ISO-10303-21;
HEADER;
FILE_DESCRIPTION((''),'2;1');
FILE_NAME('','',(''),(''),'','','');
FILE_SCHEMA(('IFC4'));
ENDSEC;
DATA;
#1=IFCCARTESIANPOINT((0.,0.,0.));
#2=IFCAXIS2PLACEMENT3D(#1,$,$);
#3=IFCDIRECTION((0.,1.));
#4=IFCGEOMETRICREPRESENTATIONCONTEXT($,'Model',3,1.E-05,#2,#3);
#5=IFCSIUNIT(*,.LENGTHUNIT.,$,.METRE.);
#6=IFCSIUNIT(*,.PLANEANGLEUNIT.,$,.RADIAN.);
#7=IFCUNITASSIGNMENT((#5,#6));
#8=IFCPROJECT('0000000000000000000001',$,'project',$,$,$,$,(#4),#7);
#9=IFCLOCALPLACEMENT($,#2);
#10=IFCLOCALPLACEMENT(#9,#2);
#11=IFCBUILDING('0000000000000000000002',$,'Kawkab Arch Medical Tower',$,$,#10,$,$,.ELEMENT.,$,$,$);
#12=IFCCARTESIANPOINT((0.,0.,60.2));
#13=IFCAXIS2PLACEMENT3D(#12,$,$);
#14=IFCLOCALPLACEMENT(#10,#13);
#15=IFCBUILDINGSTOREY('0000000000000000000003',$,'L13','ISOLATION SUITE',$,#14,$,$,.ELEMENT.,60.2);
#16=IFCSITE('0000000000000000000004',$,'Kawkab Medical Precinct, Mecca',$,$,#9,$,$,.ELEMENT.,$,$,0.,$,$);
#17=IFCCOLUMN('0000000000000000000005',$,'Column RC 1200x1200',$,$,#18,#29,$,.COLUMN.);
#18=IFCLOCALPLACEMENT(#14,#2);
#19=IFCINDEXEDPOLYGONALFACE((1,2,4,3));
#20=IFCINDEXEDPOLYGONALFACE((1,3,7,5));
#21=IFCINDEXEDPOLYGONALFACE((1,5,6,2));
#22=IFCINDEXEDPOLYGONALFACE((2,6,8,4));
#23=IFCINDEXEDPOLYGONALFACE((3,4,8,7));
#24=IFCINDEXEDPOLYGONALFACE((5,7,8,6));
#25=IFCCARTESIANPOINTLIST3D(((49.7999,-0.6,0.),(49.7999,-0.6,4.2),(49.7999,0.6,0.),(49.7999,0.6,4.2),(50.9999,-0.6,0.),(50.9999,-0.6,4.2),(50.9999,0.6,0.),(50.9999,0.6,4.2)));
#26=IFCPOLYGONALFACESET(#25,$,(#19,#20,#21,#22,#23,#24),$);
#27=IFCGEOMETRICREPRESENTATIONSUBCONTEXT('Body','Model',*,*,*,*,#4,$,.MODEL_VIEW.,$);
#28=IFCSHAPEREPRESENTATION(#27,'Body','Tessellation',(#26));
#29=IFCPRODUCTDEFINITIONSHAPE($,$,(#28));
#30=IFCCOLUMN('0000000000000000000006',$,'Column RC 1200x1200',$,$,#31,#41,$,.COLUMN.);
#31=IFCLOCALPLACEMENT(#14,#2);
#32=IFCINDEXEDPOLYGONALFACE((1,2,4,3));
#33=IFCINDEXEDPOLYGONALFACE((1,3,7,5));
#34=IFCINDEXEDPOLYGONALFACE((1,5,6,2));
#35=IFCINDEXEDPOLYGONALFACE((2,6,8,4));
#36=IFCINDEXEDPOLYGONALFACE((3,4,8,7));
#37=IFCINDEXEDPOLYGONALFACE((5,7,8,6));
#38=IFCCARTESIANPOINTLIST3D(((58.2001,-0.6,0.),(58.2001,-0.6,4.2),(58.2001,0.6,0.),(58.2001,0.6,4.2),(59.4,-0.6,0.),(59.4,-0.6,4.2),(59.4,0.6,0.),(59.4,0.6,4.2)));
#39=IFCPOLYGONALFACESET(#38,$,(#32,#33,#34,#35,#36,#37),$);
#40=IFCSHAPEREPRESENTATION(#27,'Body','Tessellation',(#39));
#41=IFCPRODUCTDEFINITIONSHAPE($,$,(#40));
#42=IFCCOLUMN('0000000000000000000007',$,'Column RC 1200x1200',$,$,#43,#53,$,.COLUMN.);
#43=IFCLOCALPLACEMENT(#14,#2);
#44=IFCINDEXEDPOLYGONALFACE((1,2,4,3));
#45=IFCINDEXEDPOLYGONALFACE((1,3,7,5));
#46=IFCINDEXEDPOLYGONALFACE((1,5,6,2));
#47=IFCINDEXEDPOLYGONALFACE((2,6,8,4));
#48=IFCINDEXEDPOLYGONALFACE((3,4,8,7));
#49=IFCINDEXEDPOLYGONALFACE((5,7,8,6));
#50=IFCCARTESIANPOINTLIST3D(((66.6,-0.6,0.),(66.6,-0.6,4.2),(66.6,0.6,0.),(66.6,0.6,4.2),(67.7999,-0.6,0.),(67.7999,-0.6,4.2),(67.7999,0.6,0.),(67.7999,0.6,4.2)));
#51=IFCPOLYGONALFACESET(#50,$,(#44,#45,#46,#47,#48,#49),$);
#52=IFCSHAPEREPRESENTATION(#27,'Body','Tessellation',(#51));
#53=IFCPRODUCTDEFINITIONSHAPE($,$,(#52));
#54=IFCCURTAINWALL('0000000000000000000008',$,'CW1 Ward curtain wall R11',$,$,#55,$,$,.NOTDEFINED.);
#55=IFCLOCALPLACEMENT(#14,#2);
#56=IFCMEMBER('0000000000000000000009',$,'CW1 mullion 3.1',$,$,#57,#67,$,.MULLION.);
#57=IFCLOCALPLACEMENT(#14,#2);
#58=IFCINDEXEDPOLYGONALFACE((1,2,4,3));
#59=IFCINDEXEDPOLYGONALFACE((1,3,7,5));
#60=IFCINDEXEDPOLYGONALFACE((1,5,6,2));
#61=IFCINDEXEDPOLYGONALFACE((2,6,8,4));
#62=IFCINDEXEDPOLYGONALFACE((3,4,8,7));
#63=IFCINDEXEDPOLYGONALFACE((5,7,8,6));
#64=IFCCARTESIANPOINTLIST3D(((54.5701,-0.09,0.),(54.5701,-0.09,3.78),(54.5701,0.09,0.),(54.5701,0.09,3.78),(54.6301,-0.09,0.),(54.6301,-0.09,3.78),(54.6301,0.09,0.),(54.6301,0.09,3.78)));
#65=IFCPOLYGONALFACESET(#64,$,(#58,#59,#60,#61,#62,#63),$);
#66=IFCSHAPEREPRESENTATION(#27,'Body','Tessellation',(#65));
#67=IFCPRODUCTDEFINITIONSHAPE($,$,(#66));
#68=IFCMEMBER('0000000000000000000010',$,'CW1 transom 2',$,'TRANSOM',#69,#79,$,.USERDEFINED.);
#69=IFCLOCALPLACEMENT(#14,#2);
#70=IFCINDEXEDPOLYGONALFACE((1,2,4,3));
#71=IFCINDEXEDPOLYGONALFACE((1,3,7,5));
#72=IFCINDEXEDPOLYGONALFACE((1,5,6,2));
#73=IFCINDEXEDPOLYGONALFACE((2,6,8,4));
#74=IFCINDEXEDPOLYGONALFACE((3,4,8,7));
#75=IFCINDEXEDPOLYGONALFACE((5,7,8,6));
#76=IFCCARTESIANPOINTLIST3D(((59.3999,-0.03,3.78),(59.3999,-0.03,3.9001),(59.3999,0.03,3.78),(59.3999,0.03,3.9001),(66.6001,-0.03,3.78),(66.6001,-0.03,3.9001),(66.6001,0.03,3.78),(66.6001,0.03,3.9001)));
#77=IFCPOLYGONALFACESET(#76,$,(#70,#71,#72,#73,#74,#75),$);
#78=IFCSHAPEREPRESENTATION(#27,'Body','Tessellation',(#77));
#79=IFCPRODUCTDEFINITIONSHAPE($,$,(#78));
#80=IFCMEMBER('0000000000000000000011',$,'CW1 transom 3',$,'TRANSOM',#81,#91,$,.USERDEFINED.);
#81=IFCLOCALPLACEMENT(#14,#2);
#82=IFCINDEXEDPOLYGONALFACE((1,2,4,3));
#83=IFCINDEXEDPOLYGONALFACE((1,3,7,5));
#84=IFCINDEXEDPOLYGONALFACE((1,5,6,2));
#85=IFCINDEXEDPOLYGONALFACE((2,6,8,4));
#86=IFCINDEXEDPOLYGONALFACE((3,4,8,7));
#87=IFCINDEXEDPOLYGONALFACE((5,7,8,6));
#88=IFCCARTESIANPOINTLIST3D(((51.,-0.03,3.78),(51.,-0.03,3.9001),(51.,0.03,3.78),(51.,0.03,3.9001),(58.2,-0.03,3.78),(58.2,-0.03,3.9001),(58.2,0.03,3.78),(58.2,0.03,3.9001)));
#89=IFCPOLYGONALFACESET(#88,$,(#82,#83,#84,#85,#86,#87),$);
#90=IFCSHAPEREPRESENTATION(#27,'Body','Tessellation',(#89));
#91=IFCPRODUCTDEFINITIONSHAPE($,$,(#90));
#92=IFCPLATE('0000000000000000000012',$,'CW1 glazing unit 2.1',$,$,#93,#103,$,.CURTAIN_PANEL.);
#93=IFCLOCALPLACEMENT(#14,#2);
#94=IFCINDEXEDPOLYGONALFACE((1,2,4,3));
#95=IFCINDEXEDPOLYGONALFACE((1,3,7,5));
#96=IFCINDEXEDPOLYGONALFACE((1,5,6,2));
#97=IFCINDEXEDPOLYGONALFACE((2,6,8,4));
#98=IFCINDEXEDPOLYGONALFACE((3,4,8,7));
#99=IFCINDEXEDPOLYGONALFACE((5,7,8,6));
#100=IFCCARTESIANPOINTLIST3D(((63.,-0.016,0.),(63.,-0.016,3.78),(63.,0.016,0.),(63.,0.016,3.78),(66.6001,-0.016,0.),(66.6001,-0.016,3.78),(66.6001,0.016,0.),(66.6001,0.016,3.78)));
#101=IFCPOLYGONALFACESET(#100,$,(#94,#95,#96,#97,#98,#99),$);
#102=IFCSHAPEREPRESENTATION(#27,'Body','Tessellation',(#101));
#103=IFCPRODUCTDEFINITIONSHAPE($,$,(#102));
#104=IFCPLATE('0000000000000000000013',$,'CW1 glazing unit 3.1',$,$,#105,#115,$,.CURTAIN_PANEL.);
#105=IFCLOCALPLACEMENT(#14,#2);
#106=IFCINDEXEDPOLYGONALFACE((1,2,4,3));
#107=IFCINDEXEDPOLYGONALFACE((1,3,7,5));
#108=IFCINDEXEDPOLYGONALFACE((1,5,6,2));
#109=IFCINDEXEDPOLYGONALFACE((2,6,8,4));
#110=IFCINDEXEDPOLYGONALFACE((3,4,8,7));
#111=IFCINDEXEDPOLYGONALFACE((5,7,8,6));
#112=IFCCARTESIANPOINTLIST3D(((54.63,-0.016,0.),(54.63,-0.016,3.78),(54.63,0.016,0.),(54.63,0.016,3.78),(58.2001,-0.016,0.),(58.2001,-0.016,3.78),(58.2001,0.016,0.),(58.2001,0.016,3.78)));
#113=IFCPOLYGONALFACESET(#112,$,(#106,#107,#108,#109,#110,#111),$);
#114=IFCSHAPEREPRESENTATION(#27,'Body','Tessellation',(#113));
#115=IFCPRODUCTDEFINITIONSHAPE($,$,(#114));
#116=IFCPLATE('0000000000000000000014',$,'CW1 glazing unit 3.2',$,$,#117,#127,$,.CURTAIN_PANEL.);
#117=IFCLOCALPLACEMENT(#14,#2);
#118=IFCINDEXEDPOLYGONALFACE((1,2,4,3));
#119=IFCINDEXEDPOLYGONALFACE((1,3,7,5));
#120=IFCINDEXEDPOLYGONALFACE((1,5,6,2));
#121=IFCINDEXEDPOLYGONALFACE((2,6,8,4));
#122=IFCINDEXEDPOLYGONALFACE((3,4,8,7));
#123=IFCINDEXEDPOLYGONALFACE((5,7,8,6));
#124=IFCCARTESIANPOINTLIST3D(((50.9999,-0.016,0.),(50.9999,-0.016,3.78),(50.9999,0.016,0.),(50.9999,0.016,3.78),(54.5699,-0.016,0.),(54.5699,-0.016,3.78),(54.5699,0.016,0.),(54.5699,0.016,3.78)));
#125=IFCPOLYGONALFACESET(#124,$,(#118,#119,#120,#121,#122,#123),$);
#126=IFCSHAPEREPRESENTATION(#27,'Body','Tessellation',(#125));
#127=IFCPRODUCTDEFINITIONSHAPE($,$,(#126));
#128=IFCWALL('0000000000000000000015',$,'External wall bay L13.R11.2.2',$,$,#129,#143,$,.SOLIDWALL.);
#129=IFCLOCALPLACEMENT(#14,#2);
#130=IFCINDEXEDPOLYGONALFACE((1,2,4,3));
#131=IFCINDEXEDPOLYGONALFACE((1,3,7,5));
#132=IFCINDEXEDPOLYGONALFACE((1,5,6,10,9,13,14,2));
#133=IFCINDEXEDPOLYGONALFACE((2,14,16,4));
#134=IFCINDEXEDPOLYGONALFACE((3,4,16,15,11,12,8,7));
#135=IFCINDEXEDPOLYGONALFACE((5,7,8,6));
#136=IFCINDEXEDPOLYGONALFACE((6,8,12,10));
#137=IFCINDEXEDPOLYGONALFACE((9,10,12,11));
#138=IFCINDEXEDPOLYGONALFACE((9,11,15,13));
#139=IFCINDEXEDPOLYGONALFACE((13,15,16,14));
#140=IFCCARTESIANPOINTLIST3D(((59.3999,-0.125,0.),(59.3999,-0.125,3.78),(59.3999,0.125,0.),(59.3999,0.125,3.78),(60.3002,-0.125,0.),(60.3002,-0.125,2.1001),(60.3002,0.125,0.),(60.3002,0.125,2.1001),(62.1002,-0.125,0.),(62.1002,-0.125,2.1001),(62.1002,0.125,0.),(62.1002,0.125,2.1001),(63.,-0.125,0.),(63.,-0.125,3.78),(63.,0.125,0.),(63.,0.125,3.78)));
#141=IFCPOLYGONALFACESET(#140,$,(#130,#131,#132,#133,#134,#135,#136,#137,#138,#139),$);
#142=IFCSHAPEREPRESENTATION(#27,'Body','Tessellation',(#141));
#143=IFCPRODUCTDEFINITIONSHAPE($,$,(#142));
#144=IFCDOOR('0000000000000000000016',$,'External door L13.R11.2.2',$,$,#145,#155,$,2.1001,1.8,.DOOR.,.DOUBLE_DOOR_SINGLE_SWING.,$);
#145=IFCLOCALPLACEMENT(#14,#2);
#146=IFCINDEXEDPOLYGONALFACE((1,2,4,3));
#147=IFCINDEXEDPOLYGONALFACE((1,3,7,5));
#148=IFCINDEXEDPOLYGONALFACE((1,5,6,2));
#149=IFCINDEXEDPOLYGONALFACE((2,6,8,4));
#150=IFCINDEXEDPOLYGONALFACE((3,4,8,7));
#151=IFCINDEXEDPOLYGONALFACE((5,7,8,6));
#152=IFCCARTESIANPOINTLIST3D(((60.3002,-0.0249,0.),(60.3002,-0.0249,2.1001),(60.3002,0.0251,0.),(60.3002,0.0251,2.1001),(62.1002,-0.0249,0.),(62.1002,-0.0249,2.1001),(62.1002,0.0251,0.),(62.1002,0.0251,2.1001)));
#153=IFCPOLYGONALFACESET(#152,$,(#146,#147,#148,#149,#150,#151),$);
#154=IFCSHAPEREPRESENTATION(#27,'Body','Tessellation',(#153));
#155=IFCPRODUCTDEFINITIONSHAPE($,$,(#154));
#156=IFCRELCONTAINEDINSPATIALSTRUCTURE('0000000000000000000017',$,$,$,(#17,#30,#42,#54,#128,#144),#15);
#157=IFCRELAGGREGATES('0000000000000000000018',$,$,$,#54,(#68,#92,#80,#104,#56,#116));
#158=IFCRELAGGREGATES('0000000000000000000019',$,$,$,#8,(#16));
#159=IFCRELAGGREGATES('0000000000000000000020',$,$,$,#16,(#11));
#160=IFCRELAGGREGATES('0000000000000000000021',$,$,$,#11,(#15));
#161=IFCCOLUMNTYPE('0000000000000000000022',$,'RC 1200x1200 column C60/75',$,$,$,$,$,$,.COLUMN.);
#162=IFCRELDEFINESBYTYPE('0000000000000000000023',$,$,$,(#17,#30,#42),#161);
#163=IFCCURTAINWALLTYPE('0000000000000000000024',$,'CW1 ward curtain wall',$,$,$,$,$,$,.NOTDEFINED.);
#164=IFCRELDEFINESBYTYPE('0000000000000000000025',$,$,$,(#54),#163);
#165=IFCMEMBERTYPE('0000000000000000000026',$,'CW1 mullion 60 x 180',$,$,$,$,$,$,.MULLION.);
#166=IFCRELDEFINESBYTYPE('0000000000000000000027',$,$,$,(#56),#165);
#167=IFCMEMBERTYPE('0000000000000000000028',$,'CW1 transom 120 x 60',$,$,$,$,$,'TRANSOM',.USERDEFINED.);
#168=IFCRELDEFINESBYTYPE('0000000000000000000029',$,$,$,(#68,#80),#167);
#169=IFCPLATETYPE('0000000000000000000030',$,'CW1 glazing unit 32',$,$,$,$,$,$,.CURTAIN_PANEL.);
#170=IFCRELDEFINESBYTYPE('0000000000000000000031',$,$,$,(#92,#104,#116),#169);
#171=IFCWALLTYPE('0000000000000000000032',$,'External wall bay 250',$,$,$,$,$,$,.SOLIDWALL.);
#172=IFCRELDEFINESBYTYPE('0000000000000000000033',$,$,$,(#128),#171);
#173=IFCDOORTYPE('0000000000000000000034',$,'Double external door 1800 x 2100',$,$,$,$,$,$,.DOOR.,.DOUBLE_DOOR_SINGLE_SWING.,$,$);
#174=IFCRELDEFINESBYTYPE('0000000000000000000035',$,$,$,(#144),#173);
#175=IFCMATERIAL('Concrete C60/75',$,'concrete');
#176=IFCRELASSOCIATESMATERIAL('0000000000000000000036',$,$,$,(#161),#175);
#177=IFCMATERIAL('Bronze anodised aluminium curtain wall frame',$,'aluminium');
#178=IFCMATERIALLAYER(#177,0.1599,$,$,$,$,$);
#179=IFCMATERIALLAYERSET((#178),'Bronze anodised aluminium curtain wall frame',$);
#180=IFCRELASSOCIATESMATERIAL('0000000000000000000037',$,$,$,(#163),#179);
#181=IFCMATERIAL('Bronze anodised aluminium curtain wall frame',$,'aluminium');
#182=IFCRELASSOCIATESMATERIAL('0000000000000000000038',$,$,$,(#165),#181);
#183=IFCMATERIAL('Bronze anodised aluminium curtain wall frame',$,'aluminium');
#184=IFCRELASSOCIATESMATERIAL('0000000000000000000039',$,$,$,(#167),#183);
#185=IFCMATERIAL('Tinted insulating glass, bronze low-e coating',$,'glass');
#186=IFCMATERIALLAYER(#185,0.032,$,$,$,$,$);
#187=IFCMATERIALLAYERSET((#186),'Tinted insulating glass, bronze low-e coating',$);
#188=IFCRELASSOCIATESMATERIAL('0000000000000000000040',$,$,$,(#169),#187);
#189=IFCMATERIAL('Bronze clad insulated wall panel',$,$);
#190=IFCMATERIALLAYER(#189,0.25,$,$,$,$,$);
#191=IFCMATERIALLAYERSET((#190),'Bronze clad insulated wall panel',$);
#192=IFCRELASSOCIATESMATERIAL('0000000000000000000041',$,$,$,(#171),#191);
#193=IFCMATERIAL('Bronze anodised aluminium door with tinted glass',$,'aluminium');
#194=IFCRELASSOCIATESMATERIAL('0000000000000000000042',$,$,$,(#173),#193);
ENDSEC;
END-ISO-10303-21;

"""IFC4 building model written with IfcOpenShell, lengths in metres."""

from ifc_helpers import new_model, si_unit, direction, frame, frame_2d, origin, origin_2d, place, context, subcontext, project, spatial, rectangle, extrude, material, layer, layer_set, material_profile, profile_set, type_object, element, fill, aggregate, save


model = new_model("IFC4")

# Units and contexts
model_context = context("Model", 3, precision=1e-05, world=origin(), true_north=direction((0.0, 1.0)))
body_context = subcontext(model_context, "Body", "Model", "MODEL_VIEW")
ifc_project = project(units=[si_unit("LENGTHUNIT", "METRE"), si_unit("PLANEANGLEUNIT", "RADIAN")], contexts=[model_context])

# Site, building, storey
site_placement = place(None, origin())
site = spatial("IfcSite", under=ifc_project, at=site_placement, Name="Kawkab Medical Precinct, Mecca", CompositionType="ELEMENT", RefElevation=0.0)
building_placement = place(site_placement, origin())
building = spatial("IfcBuilding", under=site, at=building_placement, Name="Kawkab Arch Medical Tower", CompositionType="ELEMENT")
storey_placement = place(building_placement, frame((0.0, 0.0, 60.2)))
storey = spatial("IfcBuildingStorey", under=building, at=storey_placement, Name="L13", Description="ISOLATION SUITE", CompositionType="ELEMENT", Elevation=60.2)

# Columns
ifc_material_1 = material(Name="Concrete C60/75", Category="concrete")
ifc_material_profile_1 = material_profile(ifc_material_1, rectangle(XDim=1.2, YDim=1.2, at=origin_2d()), Name="RC 1200x1200")
ifc_profile_set_1 = profile_set([ifc_material_profile_1], Name="Concrete C60/75")
column_type = type_object("IfcColumnType", Name="RC 1200x1200 column C60/75", PredefinedType="COLUMN", material=ifc_profile_set_1)
for number, where, z_axis, x_axis, name in (
    (1, (50.3999, 0.0, 0.0), (0.0, 0.0, 1.0), (1.0, 0.0, 0.0), "Column RC 1200x1200"),
    (2, (58.8, 0.0, 0.0), (0.0, 0.0, 1.0), (1.0, 0.0, 0.0), "Column RC 1200x1200"),
    (3, (67.2, 0.0, 0.0), (0.0, 0.0, 1.0), (1.0, 0.0, 0.0), "Column RC 1200x1200"),
):
    element("IfcColumn", number, at=place(storey_placement, frame(where, z_axis=z_axis, x_axis=x_axis)), inside=storey, type_object=column_type, Name=name, PredefinedType="COLUMN", context=body_context, shape_type="SweptSolid", body=[
        extrude(rectangle(XDim=1.2, YDim=1.2, at=origin_2d()), origin(), (0.0, 0.0, 1.0), 4.2),
    ])

# Curtain wall, members, plates
ifc_material_2 = material(Name="Bronze anodised aluminium curtain wall frame", Category="aluminium")
ifc_layer_1 = layer(ifc_material_2, 0.1599)
ifc_layer_set_1 = layer_set([ifc_layer_1], Name="Bronze anodised aluminium curtain wall frame")
curtain_wall_type = type_object("IfcCurtainWallType", Name="CW1 ward curtain wall", PredefinedType="NOTDEFINED", material=ifc_layer_set_1)
curtain_wall_placement = place(storey_placement, origin())
curtain_wall = element("IfcCurtainWall", 4, at=curtain_wall_placement, inside=storey, type_object=curtain_wall_type, Name="CW1 Ward curtain wall R11", PredefinedType="NOTDEFINED")
ifc_material_3 = material(Name="Bronze anodised aluminium curtain wall frame", Category="aluminium")
ifc_material_profile_2 = material_profile(ifc_material_3, rectangle(XDim=0.1799, YDim=0.0601, at=origin_2d()), Name="AL 60x180")
ifc_profile_set_2 = profile_set([ifc_material_profile_2], Name="Bronze anodised aluminium curtain wall frame")
member_type_1 = type_object("IfcMemberType", Name="CW1 mullion 60 x 180", PredefinedType="MULLION", material=ifc_profile_set_2)
member_1_placement = place(storey_placement, frame((54.6001, 0.0, 0.0), z_axis=(0.0, 0.0, 1.0), x_axis=(0.0, -1.0, 0.0)))
member_1 = element("IfcMember", 5, at=member_1_placement, type_object=member_type_1, Name="CW1 mullion 3.1", PredefinedType="MULLION", context=body_context, shape_type="SweptSolid", body=[
    extrude(rectangle(XDim=0.1799, YDim=0.0601, at=origin_2d()), origin(), (0.0, 0.0, 1.0), 3.78),
])
ifc_material_4 = material(Name="Bronze anodised aluminium curtain wall frame", Category="aluminium")
ifc_material_profile_3 = material_profile(ifc_material_4, rectangle(XDim=0.0601, YDim=0.1201, at=origin_2d()), Name="AL 60x120")
ifc_profile_set_3 = profile_set([ifc_material_profile_3], Name="Bronze anodised aluminium curtain wall frame")
member_type_2 = type_object("IfcMemberType", Name="CW1 transom 120 x 60", ElementType="TRANSOM", PredefinedType="USERDEFINED", material=ifc_profile_set_3)
member_2_placement = place(storey_placement, frame((66.6001, 0.0, 3.8401), z_axis=(-1.0, 0.0, 0.0), x_axis=(0.0, -1.0, 0.0)))
member_2 = element("IfcMember", 6, at=member_2_placement, type_object=member_type_2, Name="CW1 transom 2", ObjectType="TRANSOM", PredefinedType="USERDEFINED", context=body_context, shape_type="SweptSolid", body=[
    extrude(rectangle(XDim=0.0601, YDim=0.1201, at=origin_2d()), origin(), (0.0, 0.0, 1.0), 7.2002),
])
member_3_placement = place(storey_placement, frame((58.2, 0.0, 3.8401), z_axis=(-1.0, 0.0, 0.0), x_axis=(0.0, -1.0, 0.0)))
member_3 = element("IfcMember", 7, at=member_3_placement, type_object=member_type_2, Name="CW1 transom 3", ObjectType="TRANSOM", PredefinedType="USERDEFINED", context=body_context, shape_type="SweptSolid", body=[
    extrude(rectangle(XDim=0.0601, YDim=0.1201, at=origin_2d()), origin(), (0.0, 0.0, 1.0), 7.2),
])
ifc_material_5 = material(Name="Tinted insulating glass, bronze low-e coating", Category="glass")
ifc_layer_2 = layer(ifc_material_5, 0.032)
ifc_layer_set_2 = layer_set([ifc_layer_2], Name="Tinted insulating glass, bronze low-e coating")
plate_type = type_object("IfcPlateType", Name="CW1 glazing unit 32", PredefinedType="CURTAIN_PANEL", material=ifc_layer_set_2)
plate_1_placement = place(storey_placement, frame((64.8, 0.0, 0.0), z_axis=(0.0, 0.0, 1.0), x_axis=(-1.0, 0.0, 0.0)))
plate_1 = element("IfcPlate", 8, at=plate_1_placement, type_object=plate_type, Name="CW1 glazing unit 2.1", PredefinedType="CURTAIN_PANEL", context=body_context, shape_type="SweptSolid", body=[
    extrude(rectangle(XDim=3.6001, YDim=0.032, at=origin_2d()), origin(), (0.0, 0.0, 1.0), 3.78),
])
plate_2_placement = place(storey_placement, frame((56.415, 0.0, 0.0), z_axis=(0.0, 0.0, 1.0), x_axis=(-1.0, 0.0, 0.0)))
plate_2 = element("IfcPlate", 9, at=plate_2_placement, type_object=plate_type, Name="CW1 glazing unit 3.1", PredefinedType="CURTAIN_PANEL", context=body_context, shape_type="SweptSolid", body=[
    extrude(rectangle(XDim=3.5701, YDim=0.032, at=origin_2d()), origin(), (0.0, 0.0, 1.0), 3.78),
])
plate_3_placement = place(storey_placement, frame((52.7849, 0.0, 0.0), z_axis=(0.0, 0.0, 1.0), x_axis=(-1.0, 0.0, 0.0)))
plate_3 = element("IfcPlate", 10, at=plate_3_placement, type_object=plate_type, Name="CW1 glazing unit 3.2", PredefinedType="CURTAIN_PANEL", context=body_context, shape_type="SweptSolid", body=[
    extrude(rectangle(XDim=3.5701, YDim=0.032, at=origin_2d()), origin(), (0.0, 0.0, 1.0), 3.78),
])
aggregate(curtain_wall, [member_2, plate_1, member_3, plate_2, member_1, plate_3])

# Wall, opening, door
ifc_material_6 = material(Name="Bronze clad insulated wall panel")
ifc_layer_3 = layer(ifc_material_6, 0.25)
ifc_layer_set_3 = layer_set([ifc_layer_3], Name="Bronze clad insulated wall panel")
wall_type_1 = type_object("IfcWallType", Name="External wall bay 250", PredefinedType="SOLIDWALL", material=ifc_layer_set_3)
wall_1_placement = place(storey_placement, frame((63.0, 0.0, 0.0), z_axis=(0.0, 0.0, 1.0), x_axis=(-1.0, 0.0, 0.0)))
wall_1 = element("IfcWall", 11, at=wall_1_placement, inside=storey, type_object=wall_type_1, Name="External wall bay L13.R11.2.2", PredefinedType="SOLIDWALL", context=body_context, shape_type="SweptSolid", body=[
    extrude(rectangle(XDim=3.6001, YDim=0.25, at=frame_2d((1.8, 0.0))), origin(), (0.0, 0.0, 1.0), 3.78),
])
opening_1_placement = place(wall_1_placement, frame((0.8999, 0.0, 0.0)))
opening_1 = element("IfcOpeningElement", 12, at=opening_1_placement, cuts=wall_1, PredefinedType="OPENING", context=body_context, shape_type="SweptSolid", body=[
    extrude(rectangle(XDim=1.8, YDim=2.1001, at=frame_2d((0.8999, 1.05))), frame((0.0, 0.135, 0.0), z_axis=(0.0, -1.0, 0.0), x_axis=(1.0, 0.0, 0.0)), (0.0, 0.0, 1.0), 0.27),
])
ifc_material_7 = material(Name="Bronze anodised aluminium door with tinted glass", Category="aluminium")
door_type_1 = type_object("IfcDoorType", Name="Double external door 1800 x 2100", OperationType="DOUBLE_DOOR_SINGLE_SWING", PredefinedType="DOOR", material=ifc_material_7)
door_1_placement = place(opening_1_placement, origin())
door_1 = element("IfcDoor", 13, at=door_1_placement, inside=storey, type_object=door_type_1, Name="External door L13.R11.2.2", OperationType="DOUBLE_DOOR_SINGLE_SWING", OverallHeight=2.1001, OverallWidth=1.8, PredefinedType="DOOR", context=body_context, shape_type="SweptSolid", body=[
    extrude(rectangle(XDim=1.8, YDim=2.1001, at=frame_2d((0.8999, 1.05))), frame((0.0, 0.0249, 0.0), z_axis=(0.0, -1.0, 0.0), x_axis=(1.0, 0.0, 0.0)), (0.0, 0.0, 1.0), 0.05),
])
fill(opening_1, door_1)

save(model, "model.ifc")
